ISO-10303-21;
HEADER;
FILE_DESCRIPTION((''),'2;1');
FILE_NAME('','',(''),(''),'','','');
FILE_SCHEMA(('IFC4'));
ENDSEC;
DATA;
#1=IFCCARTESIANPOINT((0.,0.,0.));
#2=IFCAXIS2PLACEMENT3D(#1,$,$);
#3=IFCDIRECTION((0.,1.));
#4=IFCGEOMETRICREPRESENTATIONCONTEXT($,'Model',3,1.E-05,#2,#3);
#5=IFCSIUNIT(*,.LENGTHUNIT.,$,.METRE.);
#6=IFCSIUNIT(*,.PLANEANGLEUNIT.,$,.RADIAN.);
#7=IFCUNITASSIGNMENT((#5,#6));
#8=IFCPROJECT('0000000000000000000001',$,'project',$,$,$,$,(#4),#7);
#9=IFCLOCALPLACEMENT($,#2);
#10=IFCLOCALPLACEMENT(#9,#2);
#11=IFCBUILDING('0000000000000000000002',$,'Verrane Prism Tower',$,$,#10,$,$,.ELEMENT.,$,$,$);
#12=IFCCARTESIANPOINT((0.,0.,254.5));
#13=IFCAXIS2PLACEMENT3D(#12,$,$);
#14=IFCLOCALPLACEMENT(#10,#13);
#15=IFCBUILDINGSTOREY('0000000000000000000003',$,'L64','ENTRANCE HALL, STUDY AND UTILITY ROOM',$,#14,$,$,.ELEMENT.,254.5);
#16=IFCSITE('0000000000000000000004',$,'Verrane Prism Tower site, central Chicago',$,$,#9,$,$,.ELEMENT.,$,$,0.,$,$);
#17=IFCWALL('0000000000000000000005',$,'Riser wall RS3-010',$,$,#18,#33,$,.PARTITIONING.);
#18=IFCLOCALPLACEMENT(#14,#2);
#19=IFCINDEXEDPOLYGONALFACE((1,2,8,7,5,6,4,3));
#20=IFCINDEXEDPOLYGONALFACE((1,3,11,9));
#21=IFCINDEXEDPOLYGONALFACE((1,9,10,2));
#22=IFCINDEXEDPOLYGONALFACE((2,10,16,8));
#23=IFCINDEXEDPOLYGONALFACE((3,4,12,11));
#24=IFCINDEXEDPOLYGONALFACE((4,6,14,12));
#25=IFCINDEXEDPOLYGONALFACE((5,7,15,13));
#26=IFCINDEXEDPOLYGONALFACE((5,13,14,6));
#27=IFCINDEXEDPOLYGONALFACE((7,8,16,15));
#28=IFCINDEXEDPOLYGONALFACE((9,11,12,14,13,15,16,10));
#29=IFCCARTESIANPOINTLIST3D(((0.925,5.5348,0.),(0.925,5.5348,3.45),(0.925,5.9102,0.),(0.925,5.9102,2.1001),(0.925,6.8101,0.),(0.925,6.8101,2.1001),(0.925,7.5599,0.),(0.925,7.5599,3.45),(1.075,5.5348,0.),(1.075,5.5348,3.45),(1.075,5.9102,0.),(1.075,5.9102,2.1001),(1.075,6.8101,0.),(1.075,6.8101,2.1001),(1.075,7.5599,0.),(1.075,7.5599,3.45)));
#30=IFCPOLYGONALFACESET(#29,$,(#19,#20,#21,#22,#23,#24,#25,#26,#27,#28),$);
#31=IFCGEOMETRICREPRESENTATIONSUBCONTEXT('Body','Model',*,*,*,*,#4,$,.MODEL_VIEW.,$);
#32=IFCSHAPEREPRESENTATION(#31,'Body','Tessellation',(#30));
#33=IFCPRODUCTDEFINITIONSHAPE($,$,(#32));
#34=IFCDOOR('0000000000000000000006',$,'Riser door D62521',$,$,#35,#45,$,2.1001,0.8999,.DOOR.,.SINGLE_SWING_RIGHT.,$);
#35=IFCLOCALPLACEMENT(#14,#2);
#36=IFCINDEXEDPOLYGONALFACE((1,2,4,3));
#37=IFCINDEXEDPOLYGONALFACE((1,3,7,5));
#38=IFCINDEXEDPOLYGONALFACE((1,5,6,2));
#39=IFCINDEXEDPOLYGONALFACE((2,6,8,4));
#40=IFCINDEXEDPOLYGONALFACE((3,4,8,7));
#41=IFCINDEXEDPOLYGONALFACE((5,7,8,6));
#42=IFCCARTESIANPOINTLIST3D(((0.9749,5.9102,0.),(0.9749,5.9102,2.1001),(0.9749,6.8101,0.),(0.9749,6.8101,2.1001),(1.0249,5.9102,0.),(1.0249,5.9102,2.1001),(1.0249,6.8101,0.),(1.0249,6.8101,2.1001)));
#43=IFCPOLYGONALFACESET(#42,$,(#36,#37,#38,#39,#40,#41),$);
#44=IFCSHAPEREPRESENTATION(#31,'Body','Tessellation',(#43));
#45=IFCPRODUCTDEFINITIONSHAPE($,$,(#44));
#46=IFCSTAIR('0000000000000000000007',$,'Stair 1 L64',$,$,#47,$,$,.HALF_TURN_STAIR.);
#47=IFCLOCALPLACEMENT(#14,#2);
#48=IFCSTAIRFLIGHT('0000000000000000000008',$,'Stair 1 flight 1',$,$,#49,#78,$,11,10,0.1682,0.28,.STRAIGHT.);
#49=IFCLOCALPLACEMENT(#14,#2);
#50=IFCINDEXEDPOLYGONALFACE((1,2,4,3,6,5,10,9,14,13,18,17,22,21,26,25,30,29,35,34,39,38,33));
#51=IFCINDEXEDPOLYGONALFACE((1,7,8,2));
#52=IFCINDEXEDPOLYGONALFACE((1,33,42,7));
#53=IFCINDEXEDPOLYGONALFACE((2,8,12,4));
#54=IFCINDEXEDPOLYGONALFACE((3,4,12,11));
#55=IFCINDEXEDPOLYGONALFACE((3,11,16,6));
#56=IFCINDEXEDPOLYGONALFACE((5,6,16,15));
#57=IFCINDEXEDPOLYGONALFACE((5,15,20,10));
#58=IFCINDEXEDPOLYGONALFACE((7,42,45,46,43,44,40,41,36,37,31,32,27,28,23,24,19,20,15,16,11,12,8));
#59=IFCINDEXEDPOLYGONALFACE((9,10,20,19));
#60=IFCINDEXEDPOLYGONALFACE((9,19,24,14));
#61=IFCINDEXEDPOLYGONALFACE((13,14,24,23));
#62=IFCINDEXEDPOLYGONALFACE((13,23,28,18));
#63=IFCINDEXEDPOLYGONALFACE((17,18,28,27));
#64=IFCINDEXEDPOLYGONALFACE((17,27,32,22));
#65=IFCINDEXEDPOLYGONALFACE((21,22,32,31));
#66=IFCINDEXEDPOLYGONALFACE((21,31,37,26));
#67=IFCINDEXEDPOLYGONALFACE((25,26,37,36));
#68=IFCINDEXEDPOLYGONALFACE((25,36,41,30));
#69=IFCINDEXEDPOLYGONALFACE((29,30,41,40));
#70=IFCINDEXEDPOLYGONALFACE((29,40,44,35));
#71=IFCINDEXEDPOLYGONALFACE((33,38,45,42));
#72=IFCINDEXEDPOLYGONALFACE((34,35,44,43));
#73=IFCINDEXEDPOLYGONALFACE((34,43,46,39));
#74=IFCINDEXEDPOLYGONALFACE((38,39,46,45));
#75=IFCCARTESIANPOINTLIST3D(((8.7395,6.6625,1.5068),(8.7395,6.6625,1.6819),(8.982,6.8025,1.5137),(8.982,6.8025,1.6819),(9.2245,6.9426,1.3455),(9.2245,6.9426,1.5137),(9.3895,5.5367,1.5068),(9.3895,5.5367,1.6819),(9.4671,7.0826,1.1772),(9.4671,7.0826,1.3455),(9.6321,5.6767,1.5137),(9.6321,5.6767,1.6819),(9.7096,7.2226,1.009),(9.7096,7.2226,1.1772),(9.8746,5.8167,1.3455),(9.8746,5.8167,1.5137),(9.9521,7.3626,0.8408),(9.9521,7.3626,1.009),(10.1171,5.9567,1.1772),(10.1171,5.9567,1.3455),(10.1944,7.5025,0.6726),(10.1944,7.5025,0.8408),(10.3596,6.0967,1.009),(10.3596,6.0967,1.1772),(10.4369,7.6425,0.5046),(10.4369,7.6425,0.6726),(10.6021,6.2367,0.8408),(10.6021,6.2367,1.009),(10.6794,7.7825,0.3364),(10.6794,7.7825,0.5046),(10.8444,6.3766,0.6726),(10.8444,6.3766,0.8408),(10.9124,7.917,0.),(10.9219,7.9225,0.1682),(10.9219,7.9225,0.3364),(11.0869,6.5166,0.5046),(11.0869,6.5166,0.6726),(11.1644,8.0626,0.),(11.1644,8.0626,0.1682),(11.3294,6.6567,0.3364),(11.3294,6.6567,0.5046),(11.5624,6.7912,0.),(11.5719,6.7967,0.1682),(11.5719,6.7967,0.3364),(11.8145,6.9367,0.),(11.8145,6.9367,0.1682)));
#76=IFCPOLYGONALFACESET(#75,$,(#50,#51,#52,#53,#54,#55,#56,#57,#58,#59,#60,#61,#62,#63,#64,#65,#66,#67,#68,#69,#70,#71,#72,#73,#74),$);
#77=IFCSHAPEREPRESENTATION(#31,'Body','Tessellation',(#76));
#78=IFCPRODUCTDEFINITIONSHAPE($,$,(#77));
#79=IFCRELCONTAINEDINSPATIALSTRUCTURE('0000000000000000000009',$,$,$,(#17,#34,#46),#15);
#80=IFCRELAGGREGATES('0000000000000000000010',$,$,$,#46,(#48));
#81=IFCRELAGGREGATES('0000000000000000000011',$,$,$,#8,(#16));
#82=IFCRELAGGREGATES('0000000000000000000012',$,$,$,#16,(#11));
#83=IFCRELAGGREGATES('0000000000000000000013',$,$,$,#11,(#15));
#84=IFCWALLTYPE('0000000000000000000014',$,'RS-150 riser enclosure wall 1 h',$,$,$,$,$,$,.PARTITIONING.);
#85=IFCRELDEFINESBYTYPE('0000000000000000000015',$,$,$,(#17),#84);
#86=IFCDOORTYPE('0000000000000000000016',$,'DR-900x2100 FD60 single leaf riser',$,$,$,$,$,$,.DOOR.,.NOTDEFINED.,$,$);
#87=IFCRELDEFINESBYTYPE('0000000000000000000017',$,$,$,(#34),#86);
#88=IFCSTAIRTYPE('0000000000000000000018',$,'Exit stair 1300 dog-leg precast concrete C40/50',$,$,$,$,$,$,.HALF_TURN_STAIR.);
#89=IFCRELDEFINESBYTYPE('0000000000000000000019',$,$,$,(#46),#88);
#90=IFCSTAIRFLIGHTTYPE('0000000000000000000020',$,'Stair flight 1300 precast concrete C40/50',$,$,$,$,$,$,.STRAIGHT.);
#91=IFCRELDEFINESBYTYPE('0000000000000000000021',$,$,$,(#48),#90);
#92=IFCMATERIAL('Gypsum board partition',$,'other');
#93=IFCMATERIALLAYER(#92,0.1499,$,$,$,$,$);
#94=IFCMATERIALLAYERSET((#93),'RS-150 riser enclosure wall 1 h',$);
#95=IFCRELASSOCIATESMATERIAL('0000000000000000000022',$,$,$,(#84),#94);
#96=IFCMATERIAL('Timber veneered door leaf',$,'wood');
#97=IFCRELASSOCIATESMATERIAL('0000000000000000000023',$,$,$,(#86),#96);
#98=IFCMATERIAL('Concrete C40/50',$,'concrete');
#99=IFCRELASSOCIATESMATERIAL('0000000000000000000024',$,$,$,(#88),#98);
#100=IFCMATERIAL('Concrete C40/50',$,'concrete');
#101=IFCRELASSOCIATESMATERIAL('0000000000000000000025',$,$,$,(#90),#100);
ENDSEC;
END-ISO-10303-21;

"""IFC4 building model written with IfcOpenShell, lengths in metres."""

from ifc_helpers import new_model, si_unit, direction, frame, frame_2d, origin, place, context, subcontext, project, spatial, polyline, rectangle, outline, extrude, material, layer, layer_set, type_object, element, fill, aggregate, save


model = new_model("IFC4")

# Units and contexts
model_context = context("Model", 3, precision=1e-05, world=origin(), true_north=direction((0.0, 1.0)))
body_context = subcontext(model_context, "Body", "Model", "MODEL_VIEW")
ifc_project = project(units=[si_unit("LENGTHUNIT", "METRE"), si_unit("PLANEANGLEUNIT", "RADIAN")], contexts=[model_context])

# Site, building, storey
site_placement = place(None, origin())
site = spatial("IfcSite", under=ifc_project, at=site_placement, Name="Verrane Prism Tower site, central Chicago", CompositionType="ELEMENT", RefElevation=0.0)
building_placement = place(site_placement, origin())
building = spatial("IfcBuilding", under=site, at=building_placement, Name="Verrane Prism Tower", CompositionType="ELEMENT")
storey_placement = place(building_placement, frame((0.0, 0.0, 254.5)))
storey = spatial("IfcBuildingStorey", under=building, at=storey_placement, Name="L64", Description="ENTRANCE HALL, STUDY AND UTILITY ROOM", CompositionType="ELEMENT", Elevation=254.5)

# Wall, opening, door
ifc_material_1 = material(Name="Gypsum board partition", Category="other")
ifc_layer_1 = layer(ifc_material_1, 0.1499)
ifc_layer_set_1 = layer_set([ifc_layer_1], Name="RS-150 riser enclosure wall 1 h")
wall_type_1 = type_object("IfcWallType", Name="RS-150 riser enclosure wall 1 h", PredefinedType="PARTITIONING", material=ifc_layer_set_1)
wall_1_placement = place(storey_placement, frame((1.0, 7.5601, 0.0), z_axis=(0.0, 0.0, 1.0), x_axis=(0.0, -1.0, 0.0)))
wall_1 = element("IfcWall", 1, at=wall_1_placement, inside=storey, type_object=wall_type_1, Name="Riser wall RS3-010", PredefinedType="PARTITIONING", context=body_context, shape_type="SweptSolid", body=[
    extrude(rectangle(XDim=2.0251, YDim=0.1499, at=frame_2d((1.0127, 0.0))), origin(), (0.0, 0.0, 1.0), 3.45),
])
opening_1_placement = place(wall_1_placement, frame((0.75, 0.0, 0.0)))
opening_1 = element("IfcOpeningElement", 2, at=opening_1_placement, cuts=wall_1, PredefinedType="OPENING", context=body_context, shape_type="SweptSolid", body=[
    extrude(rectangle(XDim=0.8999, YDim=2.1001, at=frame_2d((0.45, 1.05))), frame((0.0, 0.085, 0.0), z_axis=(0.0, -1.0, 0.0), x_axis=(1.0, 0.0, 0.0)), (0.0, 0.0, 1.0), 0.1699),
])
ifc_material_2 = material(Name="Timber veneered door leaf", Category="wood")
door_type_1 = type_object("IfcDoorType", Name="DR-900x2100 FD60 single leaf riser", OperationType="NOTDEFINED", PredefinedType="DOOR", material=ifc_material_2)
door_1_placement = place(opening_1_placement, origin())
door_1 = element("IfcDoor", 3, at=door_1_placement, inside=storey, type_object=door_type_1, Name="Riser door D62521", OperationType="SINGLE_SWING_RIGHT", OverallHeight=2.1001, OverallWidth=0.8999, PredefinedType="DOOR", context=body_context, shape_type="SweptSolid", body=[
    extrude(rectangle(XDim=0.8999, YDim=2.1001, at=frame_2d((0.45, 1.05))), frame((0.0, 0.0249, 0.0), z_axis=(0.0, -1.0, 0.0), x_axis=(1.0, 0.0, 0.0)), (0.0, 0.0, 1.0), 0.05),
])
fill(opening_1, door_1)

# Stair, stair flight
ifc_material_3 = material(Name="Concrete C40/50", Category="concrete")
stair_type = type_object("IfcStairType", Name="Exit stair 1300 dog-leg precast concrete C40/50", PredefinedType="HALF_TURN_STAIR", material=ifc_material_3)
stair_placement = place(storey_placement, origin())
stair = element("IfcStair", 4, at=stair_placement, inside=storey, type_object=stair_type, Name="Stair 1 L64", PredefinedType="HALF_TURN_STAIR")
ifc_material_4 = material(Name="Concrete C40/50", Category="concrete")
stair_flight_type = type_object("IfcStairFlightType", Name="Stair flight 1300 precast concrete C40/50", PredefinedType="STRAIGHT", material=ifc_material_4)
stair_flight_placement = place(storey_placement, frame((11.4895, 7.4995, 0.0), z_axis=(0.0, 0.0, 1.0), x_axis=(-0.866025, -0.5, 0.0)))
stair_flight = element("IfcStairFlight", 5, at=stair_flight_placement, type_object=stair_flight_type, Name="Stair 1 flight 1", NumberOfRisers=11, NumberOfTreads=10, PredefinedType="STRAIGHT", RiserHeight=0.1682, TreadLength=0.28, context=body_context, shape_type="SweptSolid", body=[
    extrude(outline(polyline([(0.0, 0.0), (0.0, 0.1682), (0.28, 0.1682), (0.28, 0.3364), (0.5601, 0.3364), (0.5601, 0.5046), (0.8401, 0.5046), (0.8401, 0.6726), (1.1201, 0.6726), (1.1201, 0.8408), (1.3999, 0.8408), (1.3999, 1.009), (1.6799, 1.009), (1.6799, 1.1772), (1.96, 1.1772), (1.96, 1.3455), (2.24, 1.3455), (2.24, 1.5137), (2.52, 1.5137), (2.52, 1.6819), (2.8, 1.6819), (2.8, 1.8501), (2.8, 1.5068), (0.291, 0.0), (0.0, 0.0)])), frame((0.0, 0.6499, 0.0), z_axis=(0.0, -1.0, 0.0), x_axis=(1.0, 0.0, 0.0)), (0.0, 0.0, 1.0), 1.3),
])
aggregate(stair, [stair_flight])

save(model, "model.ifc")
